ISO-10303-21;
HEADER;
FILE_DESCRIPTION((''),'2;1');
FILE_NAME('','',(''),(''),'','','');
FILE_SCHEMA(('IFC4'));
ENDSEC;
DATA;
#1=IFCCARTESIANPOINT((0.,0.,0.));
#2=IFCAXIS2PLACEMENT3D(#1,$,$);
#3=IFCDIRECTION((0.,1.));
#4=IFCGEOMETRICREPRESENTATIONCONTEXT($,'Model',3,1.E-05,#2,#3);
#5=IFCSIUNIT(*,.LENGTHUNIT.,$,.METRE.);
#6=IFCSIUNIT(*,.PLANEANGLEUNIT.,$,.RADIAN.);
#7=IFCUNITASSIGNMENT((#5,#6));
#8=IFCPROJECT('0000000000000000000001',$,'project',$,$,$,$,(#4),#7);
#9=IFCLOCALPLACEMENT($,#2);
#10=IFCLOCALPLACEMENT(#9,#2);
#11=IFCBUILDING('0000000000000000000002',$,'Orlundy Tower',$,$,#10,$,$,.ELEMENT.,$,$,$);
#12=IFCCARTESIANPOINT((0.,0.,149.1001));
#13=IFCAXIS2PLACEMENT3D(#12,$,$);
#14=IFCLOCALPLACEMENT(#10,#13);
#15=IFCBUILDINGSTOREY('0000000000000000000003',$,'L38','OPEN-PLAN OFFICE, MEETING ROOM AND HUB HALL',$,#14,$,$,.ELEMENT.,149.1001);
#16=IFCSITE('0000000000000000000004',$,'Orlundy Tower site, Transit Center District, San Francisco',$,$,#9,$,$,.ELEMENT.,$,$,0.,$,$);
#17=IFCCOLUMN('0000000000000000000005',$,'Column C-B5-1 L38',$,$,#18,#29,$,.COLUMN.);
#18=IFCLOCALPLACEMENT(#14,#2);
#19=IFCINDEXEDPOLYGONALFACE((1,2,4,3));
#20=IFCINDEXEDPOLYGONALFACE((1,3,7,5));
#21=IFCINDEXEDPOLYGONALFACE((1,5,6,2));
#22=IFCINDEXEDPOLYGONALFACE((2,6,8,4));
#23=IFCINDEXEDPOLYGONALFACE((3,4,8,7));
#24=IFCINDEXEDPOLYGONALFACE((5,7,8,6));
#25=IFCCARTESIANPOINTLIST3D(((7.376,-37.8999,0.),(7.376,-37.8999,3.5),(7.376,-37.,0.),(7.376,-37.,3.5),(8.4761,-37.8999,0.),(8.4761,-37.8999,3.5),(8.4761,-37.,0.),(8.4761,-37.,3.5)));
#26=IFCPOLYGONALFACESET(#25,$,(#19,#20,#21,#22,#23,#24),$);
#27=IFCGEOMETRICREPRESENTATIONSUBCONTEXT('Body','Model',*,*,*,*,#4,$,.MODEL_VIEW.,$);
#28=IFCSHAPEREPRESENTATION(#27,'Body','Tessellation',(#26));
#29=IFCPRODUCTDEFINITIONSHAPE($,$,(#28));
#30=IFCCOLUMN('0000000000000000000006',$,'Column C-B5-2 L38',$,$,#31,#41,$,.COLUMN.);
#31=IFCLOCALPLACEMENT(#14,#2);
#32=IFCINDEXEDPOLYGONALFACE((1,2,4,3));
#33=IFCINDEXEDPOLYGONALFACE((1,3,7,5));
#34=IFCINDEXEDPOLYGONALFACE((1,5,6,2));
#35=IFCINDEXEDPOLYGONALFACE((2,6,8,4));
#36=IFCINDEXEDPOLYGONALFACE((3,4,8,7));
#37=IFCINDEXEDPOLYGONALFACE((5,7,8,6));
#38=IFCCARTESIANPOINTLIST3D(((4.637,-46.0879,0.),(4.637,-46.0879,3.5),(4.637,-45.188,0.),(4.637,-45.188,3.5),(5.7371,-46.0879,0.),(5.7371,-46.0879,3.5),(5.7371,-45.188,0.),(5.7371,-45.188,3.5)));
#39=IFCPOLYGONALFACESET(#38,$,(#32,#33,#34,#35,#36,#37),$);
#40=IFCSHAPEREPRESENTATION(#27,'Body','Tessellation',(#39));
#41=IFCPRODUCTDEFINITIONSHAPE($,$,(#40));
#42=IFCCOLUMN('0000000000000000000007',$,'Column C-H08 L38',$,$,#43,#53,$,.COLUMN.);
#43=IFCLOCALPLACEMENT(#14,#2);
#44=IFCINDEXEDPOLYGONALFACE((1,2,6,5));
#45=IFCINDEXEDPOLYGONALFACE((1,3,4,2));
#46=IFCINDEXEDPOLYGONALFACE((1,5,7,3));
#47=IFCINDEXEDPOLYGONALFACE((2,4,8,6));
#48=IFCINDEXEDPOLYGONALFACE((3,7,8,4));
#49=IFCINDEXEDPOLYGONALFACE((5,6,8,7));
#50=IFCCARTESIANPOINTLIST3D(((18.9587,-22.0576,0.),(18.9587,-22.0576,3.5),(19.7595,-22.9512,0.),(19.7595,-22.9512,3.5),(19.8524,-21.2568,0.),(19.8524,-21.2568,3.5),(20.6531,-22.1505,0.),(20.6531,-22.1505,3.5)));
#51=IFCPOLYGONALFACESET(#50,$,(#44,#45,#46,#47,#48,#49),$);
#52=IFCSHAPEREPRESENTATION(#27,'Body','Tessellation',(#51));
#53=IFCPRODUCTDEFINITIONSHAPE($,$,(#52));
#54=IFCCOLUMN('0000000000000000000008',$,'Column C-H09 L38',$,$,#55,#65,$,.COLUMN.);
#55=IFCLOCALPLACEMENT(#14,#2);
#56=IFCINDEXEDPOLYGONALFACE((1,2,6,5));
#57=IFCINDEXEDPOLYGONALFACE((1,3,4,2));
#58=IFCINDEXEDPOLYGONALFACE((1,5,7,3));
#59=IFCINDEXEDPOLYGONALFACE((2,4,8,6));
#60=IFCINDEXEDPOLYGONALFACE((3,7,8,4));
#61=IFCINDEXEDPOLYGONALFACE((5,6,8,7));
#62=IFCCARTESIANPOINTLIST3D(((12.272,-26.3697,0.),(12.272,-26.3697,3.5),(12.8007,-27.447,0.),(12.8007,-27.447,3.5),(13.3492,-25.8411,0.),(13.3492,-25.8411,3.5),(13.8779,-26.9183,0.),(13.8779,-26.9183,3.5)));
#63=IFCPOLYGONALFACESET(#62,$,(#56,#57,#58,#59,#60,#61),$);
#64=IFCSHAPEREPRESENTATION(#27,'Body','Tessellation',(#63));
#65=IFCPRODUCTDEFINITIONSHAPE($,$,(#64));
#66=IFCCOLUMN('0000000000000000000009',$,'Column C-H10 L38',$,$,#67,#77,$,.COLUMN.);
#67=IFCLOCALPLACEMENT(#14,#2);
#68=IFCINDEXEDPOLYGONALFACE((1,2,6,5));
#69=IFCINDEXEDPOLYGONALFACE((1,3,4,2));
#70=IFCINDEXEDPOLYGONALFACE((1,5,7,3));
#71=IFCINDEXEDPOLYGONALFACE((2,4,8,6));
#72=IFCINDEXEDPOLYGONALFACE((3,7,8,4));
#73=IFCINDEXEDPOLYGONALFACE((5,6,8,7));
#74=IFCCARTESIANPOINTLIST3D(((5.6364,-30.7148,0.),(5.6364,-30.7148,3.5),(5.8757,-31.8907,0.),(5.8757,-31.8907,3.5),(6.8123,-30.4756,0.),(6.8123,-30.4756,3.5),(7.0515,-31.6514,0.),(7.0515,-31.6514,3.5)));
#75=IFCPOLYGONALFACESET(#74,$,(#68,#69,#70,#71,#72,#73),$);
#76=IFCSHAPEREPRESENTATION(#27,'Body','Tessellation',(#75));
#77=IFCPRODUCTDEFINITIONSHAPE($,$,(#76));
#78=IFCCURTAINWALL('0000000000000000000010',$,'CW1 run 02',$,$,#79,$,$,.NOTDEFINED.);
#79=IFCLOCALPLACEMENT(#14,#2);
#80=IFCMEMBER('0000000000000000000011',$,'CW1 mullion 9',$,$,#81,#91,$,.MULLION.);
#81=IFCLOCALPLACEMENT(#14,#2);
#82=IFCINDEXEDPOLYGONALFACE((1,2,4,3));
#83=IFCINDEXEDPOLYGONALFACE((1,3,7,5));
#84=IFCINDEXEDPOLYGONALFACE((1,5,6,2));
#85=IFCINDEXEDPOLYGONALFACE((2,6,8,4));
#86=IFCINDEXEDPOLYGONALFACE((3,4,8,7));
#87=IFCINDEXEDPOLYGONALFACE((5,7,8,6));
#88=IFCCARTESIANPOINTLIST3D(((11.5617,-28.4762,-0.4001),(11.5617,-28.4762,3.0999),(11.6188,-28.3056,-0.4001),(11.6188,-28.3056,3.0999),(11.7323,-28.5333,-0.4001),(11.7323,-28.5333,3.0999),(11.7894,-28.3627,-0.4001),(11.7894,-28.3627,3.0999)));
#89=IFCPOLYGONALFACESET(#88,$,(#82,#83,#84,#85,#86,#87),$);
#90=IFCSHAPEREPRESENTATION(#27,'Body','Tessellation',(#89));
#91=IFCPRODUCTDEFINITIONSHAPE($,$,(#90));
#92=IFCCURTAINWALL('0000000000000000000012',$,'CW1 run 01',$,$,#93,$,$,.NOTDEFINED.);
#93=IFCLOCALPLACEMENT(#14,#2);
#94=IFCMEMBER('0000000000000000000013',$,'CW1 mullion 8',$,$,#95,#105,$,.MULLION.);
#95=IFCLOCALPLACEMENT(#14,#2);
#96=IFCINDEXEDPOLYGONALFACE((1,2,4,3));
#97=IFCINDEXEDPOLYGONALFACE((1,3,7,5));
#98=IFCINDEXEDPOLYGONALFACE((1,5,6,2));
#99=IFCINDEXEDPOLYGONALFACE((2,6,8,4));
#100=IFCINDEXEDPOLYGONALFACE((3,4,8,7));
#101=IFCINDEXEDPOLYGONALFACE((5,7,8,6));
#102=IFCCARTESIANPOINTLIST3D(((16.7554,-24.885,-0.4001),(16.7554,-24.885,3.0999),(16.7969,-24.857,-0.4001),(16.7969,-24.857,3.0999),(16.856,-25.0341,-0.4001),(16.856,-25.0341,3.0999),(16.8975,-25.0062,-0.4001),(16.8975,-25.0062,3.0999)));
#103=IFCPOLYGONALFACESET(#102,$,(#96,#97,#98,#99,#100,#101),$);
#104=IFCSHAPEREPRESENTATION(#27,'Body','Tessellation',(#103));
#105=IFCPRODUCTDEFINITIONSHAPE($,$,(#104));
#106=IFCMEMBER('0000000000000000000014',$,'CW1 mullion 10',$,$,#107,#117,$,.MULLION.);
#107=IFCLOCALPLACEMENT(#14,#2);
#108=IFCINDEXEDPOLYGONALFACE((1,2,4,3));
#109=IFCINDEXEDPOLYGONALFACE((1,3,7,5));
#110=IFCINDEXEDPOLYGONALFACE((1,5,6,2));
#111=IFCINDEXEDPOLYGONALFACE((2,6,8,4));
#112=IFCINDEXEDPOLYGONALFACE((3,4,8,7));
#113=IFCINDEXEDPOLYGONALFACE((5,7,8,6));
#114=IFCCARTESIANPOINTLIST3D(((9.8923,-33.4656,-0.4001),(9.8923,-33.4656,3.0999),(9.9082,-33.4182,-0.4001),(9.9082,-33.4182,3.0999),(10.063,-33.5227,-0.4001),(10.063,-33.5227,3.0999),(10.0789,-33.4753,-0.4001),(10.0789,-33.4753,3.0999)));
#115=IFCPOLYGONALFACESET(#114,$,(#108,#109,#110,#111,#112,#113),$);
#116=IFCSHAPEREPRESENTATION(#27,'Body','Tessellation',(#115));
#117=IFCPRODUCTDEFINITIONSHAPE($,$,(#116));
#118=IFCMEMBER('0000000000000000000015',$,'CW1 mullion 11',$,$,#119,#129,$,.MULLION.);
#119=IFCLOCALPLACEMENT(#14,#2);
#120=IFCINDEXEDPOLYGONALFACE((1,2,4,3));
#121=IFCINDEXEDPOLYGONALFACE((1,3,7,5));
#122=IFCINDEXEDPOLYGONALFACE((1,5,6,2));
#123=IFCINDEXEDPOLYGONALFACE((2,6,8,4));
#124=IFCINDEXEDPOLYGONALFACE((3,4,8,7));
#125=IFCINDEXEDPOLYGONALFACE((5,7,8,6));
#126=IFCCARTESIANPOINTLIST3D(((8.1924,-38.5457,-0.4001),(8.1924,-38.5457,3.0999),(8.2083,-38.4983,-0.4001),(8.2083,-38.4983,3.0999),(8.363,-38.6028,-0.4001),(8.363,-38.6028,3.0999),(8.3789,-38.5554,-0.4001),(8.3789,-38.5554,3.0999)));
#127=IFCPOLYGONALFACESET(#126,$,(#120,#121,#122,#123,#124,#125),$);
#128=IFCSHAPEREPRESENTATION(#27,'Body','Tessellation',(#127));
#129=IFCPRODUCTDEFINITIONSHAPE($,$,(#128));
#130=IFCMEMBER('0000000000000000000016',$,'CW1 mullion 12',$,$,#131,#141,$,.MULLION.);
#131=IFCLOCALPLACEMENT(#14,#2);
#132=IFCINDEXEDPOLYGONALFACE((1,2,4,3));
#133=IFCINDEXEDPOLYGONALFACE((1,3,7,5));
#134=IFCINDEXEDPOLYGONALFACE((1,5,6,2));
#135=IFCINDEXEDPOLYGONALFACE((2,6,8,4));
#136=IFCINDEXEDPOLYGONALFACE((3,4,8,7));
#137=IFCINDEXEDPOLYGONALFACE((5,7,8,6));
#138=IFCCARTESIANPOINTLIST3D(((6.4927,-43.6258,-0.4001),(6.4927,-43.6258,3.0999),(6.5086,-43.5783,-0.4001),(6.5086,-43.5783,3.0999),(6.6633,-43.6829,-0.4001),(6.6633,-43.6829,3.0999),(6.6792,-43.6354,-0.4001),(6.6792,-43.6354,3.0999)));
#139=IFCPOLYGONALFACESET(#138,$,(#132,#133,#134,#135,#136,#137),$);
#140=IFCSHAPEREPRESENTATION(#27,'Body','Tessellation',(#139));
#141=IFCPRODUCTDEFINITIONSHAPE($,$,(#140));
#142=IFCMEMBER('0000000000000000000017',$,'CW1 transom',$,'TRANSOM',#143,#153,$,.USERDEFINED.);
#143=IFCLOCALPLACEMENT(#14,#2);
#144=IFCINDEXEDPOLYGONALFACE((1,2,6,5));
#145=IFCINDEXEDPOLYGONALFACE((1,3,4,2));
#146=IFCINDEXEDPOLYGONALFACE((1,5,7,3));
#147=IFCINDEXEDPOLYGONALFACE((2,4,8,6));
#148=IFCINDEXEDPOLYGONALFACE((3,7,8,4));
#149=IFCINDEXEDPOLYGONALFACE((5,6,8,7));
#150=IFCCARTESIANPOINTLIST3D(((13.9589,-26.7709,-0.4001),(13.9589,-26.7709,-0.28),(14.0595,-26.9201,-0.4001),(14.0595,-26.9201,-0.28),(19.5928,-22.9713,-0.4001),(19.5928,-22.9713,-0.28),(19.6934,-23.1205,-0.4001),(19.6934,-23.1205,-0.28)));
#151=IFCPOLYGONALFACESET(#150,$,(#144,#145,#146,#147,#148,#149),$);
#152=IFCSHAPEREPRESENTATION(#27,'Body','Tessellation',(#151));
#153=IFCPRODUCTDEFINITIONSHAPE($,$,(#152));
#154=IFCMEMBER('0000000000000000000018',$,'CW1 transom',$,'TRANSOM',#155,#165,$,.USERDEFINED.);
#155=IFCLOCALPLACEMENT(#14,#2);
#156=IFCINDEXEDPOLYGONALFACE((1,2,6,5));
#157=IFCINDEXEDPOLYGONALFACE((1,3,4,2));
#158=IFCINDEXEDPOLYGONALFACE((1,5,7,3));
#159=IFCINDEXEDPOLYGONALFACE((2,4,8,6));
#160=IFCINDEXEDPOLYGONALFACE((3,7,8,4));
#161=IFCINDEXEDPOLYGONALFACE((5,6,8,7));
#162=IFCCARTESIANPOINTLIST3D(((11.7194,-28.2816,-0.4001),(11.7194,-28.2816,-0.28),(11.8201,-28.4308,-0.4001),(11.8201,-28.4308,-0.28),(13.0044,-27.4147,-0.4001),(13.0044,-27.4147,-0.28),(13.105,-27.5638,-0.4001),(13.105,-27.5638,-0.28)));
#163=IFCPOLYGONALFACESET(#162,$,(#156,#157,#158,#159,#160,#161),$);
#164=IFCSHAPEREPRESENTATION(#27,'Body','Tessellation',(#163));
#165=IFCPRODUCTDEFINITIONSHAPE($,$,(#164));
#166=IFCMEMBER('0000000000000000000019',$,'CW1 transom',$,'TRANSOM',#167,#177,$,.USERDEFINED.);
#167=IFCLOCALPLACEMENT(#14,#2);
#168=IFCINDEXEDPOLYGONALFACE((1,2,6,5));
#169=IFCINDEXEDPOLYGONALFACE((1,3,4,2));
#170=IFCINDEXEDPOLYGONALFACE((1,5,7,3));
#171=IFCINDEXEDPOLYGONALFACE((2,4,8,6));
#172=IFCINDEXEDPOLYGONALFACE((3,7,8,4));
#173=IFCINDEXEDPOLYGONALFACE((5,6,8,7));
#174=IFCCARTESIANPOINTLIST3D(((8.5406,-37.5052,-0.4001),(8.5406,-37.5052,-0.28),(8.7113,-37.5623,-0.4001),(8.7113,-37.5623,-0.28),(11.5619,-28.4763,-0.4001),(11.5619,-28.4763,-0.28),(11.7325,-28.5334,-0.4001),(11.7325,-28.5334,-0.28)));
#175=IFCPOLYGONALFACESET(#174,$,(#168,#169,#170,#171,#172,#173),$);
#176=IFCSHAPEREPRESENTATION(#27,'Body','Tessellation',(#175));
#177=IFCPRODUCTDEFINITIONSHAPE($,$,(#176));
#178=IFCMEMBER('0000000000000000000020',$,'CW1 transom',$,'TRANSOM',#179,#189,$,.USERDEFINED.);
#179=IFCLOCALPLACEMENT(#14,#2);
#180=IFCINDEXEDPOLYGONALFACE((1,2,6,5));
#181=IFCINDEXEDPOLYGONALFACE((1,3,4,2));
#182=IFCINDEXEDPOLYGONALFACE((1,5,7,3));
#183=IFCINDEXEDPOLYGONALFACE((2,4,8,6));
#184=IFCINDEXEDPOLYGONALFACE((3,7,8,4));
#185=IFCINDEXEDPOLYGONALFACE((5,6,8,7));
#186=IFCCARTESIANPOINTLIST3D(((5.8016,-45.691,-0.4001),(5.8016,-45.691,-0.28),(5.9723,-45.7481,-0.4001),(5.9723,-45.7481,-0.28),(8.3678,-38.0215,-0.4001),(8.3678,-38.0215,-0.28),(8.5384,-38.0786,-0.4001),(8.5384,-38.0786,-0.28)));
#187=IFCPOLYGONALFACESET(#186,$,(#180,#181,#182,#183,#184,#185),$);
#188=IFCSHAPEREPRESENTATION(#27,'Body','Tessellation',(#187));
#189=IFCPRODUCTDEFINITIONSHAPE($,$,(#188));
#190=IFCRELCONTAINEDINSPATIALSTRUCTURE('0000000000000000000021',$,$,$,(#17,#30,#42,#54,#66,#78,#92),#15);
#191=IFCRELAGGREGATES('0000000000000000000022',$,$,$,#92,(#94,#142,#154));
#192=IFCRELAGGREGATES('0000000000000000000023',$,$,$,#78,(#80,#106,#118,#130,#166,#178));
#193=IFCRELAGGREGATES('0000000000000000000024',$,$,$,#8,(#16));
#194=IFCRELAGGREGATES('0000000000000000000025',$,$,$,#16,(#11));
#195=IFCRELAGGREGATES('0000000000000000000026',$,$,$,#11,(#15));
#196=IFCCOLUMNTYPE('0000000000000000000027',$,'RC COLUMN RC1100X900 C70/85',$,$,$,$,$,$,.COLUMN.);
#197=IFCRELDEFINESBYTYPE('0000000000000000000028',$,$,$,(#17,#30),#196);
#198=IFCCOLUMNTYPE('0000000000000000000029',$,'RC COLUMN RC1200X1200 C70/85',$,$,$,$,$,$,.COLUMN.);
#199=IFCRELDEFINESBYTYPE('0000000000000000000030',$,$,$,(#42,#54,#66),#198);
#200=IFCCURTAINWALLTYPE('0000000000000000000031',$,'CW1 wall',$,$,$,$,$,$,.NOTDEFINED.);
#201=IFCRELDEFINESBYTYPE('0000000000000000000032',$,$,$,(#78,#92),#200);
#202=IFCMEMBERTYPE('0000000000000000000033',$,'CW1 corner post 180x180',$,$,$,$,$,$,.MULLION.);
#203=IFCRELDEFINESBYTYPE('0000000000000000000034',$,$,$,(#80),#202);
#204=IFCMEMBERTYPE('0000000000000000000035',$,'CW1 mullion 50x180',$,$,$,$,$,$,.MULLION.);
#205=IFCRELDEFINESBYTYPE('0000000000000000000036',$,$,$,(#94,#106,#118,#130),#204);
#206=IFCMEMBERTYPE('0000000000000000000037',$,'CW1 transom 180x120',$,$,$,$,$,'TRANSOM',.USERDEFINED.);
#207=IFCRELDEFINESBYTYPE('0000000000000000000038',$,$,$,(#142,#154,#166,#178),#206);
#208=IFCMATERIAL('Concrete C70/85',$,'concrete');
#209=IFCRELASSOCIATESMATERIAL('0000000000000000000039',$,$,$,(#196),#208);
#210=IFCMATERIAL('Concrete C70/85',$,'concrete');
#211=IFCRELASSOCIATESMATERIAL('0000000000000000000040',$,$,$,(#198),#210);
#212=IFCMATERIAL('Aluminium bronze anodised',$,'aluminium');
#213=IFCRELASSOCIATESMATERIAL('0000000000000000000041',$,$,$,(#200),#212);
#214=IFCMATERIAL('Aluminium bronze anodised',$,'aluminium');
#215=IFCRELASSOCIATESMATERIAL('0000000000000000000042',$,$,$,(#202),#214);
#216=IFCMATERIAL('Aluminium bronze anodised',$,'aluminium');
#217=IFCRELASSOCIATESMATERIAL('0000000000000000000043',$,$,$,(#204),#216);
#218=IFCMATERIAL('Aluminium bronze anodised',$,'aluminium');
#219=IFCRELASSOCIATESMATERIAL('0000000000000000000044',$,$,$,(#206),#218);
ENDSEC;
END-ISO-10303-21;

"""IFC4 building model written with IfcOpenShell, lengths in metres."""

from ifc_helpers import new_model, si_unit, direction, frame, origin, origin_2d, place, context, subcontext, project, spatial, rectangle, extrude, material, material_profile, profile_set, type_object, element, aggregate, save


model = new_model("IFC4")

# Units and contexts
model_context = context("Model", 3, precision=1e-05, world=origin(), true_north=direction((0.0, 1.0)))
body_context = subcontext(model_context, "Body", "Model", "MODEL_VIEW")
ifc_project = project(units=[si_unit("LENGTHUNIT", "METRE"), si_unit("PLANEANGLEUNIT", "RADIAN")], contexts=[model_context])

# Site, building, storey
site_placement = place(None, origin())
site = spatial("IfcSite", under=ifc_project, at=site_placement, Name="Orlundy Tower site, Transit Center District, San Francisco", CompositionType="ELEMENT", RefElevation=0.0)
building_placement = place(site_placement, origin())
building = spatial("IfcBuilding", under=site, at=building_placement, Name="Orlundy Tower", CompositionType="ELEMENT")
storey_placement = place(building_placement, frame((0.0, 0.0, 149.1001)))
storey = spatial("IfcBuildingStorey", under=building, at=storey_placement, Name="L38", Description="OPEN-PLAN OFFICE, MEETING ROOM AND HUB HALL", CompositionType="ELEMENT", Elevation=149.1001)

# Columns
ifc_material_1 = material(Name="Concrete C70/85", Category="concrete")
ifc_material_profile_1 = material_profile(ifc_material_1, rectangle(XDim=1.1001, YDim=0.8999, at=origin_2d()), Name="RC1100X900")
ifc_profile_set_1 = profile_set([ifc_material_profile_1], Name="Concrete C70/85")
column_type_1 = type_object("IfcColumnType", Name="RC COLUMN RC1100X900 C70/85", PredefinedType="COLUMN", material=ifc_profile_set_1)
for number, where, z_axis, x_axis, name in (
    (1, (7.926, -37.45, 0.0), (0.0, 0.0, 1.0), (1.0, 0.0, 0.0), "Column C-B5-1 L38"),
    (2, (5.187, -45.6379, 0.0), (0.0, 0.0, 1.0), (1.0, 0.0, 0.0), "Column C-B5-2 L38"),
):
    element("IfcColumn", number, at=place(storey_placement, frame(where, z_axis=z_axis, x_axis=x_axis)), inside=storey, type_object=column_type_1, Name=name, PredefinedType="COLUMN", context=body_context, shape_type="SweptSolid", body=[
        extrude(rectangle(XDim=1.1001, YDim=0.8999, at=origin_2d()), origin(), (0.0, 0.0, 1.0), 3.5),
    ])
ifc_material_2 = material(Name="Concrete C70/85", Category="concrete")
ifc_material_profile_2 = material_profile(ifc_material_2, rectangle(XDim=1.2, YDim=1.2, at=origin_2d()), Name="RC1200X1200")
ifc_profile_set_2 = profile_set([ifc_material_profile_2], Name="Concrete C70/85")
column_type_2 = type_object("IfcColumnType", Name="RC COLUMN RC1200X1200 C70/85", PredefinedType="COLUMN", material=ifc_profile_set_2)
for number, where, z_axis, x_axis, name in (
    (3, (19.8059, -22.104, 0.0), (0.0, 0.0, 1.0), (0.667339, -0.744754, 0.0), "Column C-H08 L38"),
    (4, (13.075, -26.644, 0.0), (0.0, 0.0, 1.0), (0.44055, -0.897728, 0.0), "Column C-H09 L38"),
    (5, (6.344, -31.1831, 0.0), (0.0, 0.0, 1.0), (0.199368, -0.979925, 0.0), "Column C-H10 L38"),
):
    element("IfcColumn", number, at=place(storey_placement, frame(where, z_axis=z_axis, x_axis=x_axis)), inside=storey, type_object=column_type_2, Name=name, PredefinedType="COLUMN", context=body_context, shape_type="SweptSolid", body=[
        extrude(rectangle(XDim=1.2, YDim=1.2, at=origin_2d()), origin(), (0.0, 0.0, 1.0), 3.5),
    ])

# Curtain walls, members
ifc_material_3 = material(Name="Aluminium bronze anodised", Category="aluminium")
curtain_wall_type = type_object("IfcCurtainWallType", Name="CW1 wall", PredefinedType="NOTDEFINED", material=ifc_material_3)
curtain_wall_1_placement = place(storey_placement, origin())
curtain_wall_1 = element("IfcCurtainWall", 6, at=curtain_wall_1_placement, inside=storey, type_object=curtain_wall_type, Name="CW1 run 02", PredefinedType="NOTDEFINED")
ifc_material_4 = material(Name="Aluminium bronze anodised", Category="aluminium")
ifc_material_profile_3 = material_profile(ifc_material_4, rectangle(XDim=0.1799, YDim=0.1799, at=origin_2d()), Name="CW1 corner post 180x180")
ifc_profile_set_3 = profile_set([ifc_material_profile_3], Name="Aluminium bronze anodised")
member_type_1 = type_object("IfcMemberType", Name="CW1 corner post 180x180", PredefinedType="MULLION", material=ifc_profile_set_3)
member_1_placement = place(storey_placement, frame((11.6755, -28.4194, -0.4001), z_axis=(0.0, 0.0, 1.0), x_axis=(0.948321, -0.317314, 0.0)))
member_1 = element("IfcMember", 7, at=member_1_placement, type_object=member_type_1, Name="CW1 mullion 9", PredefinedType="MULLION", context=body_context, shape_type="SweptSolid", body=[
    extrude(rectangle(XDim=0.1799, YDim=0.1799, at=origin_2d()), origin(), (0.0, 0.0, 1.0), 3.5),
])
curtain_wall_2_placement = place(storey_placement, origin())
curtain_wall_2 = element("IfcCurtainWall", 8, at=curtain_wall_2_placement, inside=storey, type_object=curtain_wall_type, Name="CW1 run 01", PredefinedType="NOTDEFINED")
ifc_material_5 = material(Name="Aluminium bronze anodised", Category="aluminium")
ifc_material_profile_4 = material_profile(ifc_material_5, rectangle(XDim=0.1799, YDim=0.05, at=origin_2d()), Name="CW1 mullion 50x180")
ifc_profile_set_4 = profile_set([ifc_material_profile_4], Name="Aluminium bronze anodised")
member_type_2 = type_object("IfcMemberType", Name="CW1 mullion 50x180", PredefinedType="MULLION", material=ifc_profile_set_4)
member_2_placement = place(storey_placement, frame((16.8264, -24.9456, -0.4001), z_axis=(0.0, 0.0, 1.0), x_axis=(0.559165, -0.829057, 0.0)))
member_2 = element("IfcMember", 9, at=member_2_placement, type_object=member_type_2, Name="CW1 mullion 8", PredefinedType="MULLION", context=body_context, shape_type="SweptSolid", body=[
    extrude(rectangle(XDim=0.1799, YDim=0.05, at=origin_2d()), origin(), (0.0, 0.0, 1.0), 3.5),
])

# Members
member_3_placement = place(storey_placement, frame((9.9856, -33.4705, -0.4001), z_axis=(0.0, 0.0, 1.0), x_axis=(0.948321, -0.317314, 0.0)))
member_3 = element("IfcMember", 10, at=member_3_placement, type_object=member_type_2, Name="CW1 mullion 10", PredefinedType="MULLION", context=body_context, shape_type="SweptSolid", body=[
    extrude(rectangle(XDim=0.1799, YDim=0.05, at=origin_2d()), origin(), (0.0, 0.0, 1.0), 3.5),
])
member_4_placement = place(storey_placement, frame((8.2856, -38.5505, -0.4001), z_axis=(0.0, 0.0, 1.0), x_axis=(0.948321, -0.317314, 0.0)))
member_4 = element("IfcMember", 11, at=member_4_placement, type_object=member_type_2, Name="CW1 mullion 11", PredefinedType="MULLION", context=body_context, shape_type="SweptSolid", body=[
    extrude(rectangle(XDim=0.1799, YDim=0.05, at=origin_2d()), origin(), (0.0, 0.0, 1.0), 3.5),
])
member_5_placement = place(storey_placement, frame((6.5859, -43.6306, -0.4001), z_axis=(0.0, 0.0, 1.0), x_axis=(0.948321, -0.317314, 0.0)))
member_5 = element("IfcMember", 12, at=member_5_placement, type_object=member_type_2, Name="CW1 mullion 12", PredefinedType="MULLION", context=body_context, shape_type="SweptSolid", body=[
    extrude(rectangle(XDim=0.1799, YDim=0.05, at=origin_2d()), origin(), (0.0, 0.0, 1.0), 3.5),
])
ifc_material_6 = material(Name="Aluminium bronze anodised", Category="aluminium")
ifc_material_profile_5 = material_profile(ifc_material_6, rectangle(XDim=0.1799, YDim=0.1201, at=origin_2d()), Name="CW1 transom 180x120")
ifc_profile_set_5 = profile_set([ifc_material_profile_5], Name="Aluminium bronze anodised")
member_type_3 = type_object("IfcMemberType", Name="CW1 transom 180x120", ElementType="TRANSOM", PredefinedType="USERDEFINED", material=ifc_profile_set_5)
member_6_placement = place(storey_placement, frame((19.6431, -23.0459, -0.3401), z_axis=(-0.82907, -0.559145, 0.0), x_axis=(0.559145, -0.82907, 0.0)))
member_6 = element("IfcMember", 13, at=member_6_placement, type_object=member_type_3, Name="CW1 transom", ObjectType="TRANSOM", PredefinedType="USERDEFINED", context=body_context, shape_type="SweptSolid", body=[
    extrude(rectangle(XDim=0.1799, YDim=0.1201, at=origin_2d()), origin(), (0.0, 0.0, 1.0), 6.7954),
])
member_7_placement = place(storey_placement, frame((13.0547, -27.4893, -0.3401), z_axis=(-0.82896, -0.559308, 0.0), x_axis=(0.559308, -0.82896, 0.0)))
member_7 = element("IfcMember", 14, at=member_7_placement, type_object=member_type_3, Name="CW1 transom", ObjectType="TRANSOM", PredefinedType="USERDEFINED", context=body_context, shape_type="SweptSolid", body=[
    extrude(rectangle(XDim=0.1799, YDim=0.1201, at=origin_2d()), origin(), (0.0, 0.0, 1.0), 1.55),
])
member_8_placement = place(storey_placement, frame((11.6472, -28.5049, -0.3401), z_axis=(-0.317328, -0.948316, 0.0), x_axis=(0.948316, -0.317328, 0.0)))
member_8 = element("IfcMember", 15, at=member_8_placement, type_object=member_type_3, Name="CW1 transom", ObjectType="TRANSOM", PredefinedType="USERDEFINED", context=body_context, shape_type="SweptSolid", body=[
    extrude(rectangle(XDim=0.1799, YDim=0.1201, at=origin_2d()), origin(), (0.0, 0.0, 1.0), 9.521),
])
member_9_placement = place(storey_placement, frame((8.4531, -38.05, -0.3401), z_axis=(-0.317305, -0.948323, 0.0), x_axis=(0.948323, -0.317305, 0.0)))
member_9 = element("IfcMember", 16, at=member_9_placement, type_object=member_type_3, Name="CW1 transom", ObjectType="TRANSOM", PredefinedType="USERDEFINED", context=body_context, shape_type="SweptSolid", body=[
    extrude(rectangle(XDim=0.1799, YDim=0.1201, at=origin_2d()), origin(), (0.0, 0.0, 1.0), 8.0874),
])

aggregate(curtain_wall_2, [member_2, member_6, member_7])
aggregate(curtain_wall_1, [member_1, member_3, member_4, member_5, member_8, member_9])

save(model, "model.ifc")
